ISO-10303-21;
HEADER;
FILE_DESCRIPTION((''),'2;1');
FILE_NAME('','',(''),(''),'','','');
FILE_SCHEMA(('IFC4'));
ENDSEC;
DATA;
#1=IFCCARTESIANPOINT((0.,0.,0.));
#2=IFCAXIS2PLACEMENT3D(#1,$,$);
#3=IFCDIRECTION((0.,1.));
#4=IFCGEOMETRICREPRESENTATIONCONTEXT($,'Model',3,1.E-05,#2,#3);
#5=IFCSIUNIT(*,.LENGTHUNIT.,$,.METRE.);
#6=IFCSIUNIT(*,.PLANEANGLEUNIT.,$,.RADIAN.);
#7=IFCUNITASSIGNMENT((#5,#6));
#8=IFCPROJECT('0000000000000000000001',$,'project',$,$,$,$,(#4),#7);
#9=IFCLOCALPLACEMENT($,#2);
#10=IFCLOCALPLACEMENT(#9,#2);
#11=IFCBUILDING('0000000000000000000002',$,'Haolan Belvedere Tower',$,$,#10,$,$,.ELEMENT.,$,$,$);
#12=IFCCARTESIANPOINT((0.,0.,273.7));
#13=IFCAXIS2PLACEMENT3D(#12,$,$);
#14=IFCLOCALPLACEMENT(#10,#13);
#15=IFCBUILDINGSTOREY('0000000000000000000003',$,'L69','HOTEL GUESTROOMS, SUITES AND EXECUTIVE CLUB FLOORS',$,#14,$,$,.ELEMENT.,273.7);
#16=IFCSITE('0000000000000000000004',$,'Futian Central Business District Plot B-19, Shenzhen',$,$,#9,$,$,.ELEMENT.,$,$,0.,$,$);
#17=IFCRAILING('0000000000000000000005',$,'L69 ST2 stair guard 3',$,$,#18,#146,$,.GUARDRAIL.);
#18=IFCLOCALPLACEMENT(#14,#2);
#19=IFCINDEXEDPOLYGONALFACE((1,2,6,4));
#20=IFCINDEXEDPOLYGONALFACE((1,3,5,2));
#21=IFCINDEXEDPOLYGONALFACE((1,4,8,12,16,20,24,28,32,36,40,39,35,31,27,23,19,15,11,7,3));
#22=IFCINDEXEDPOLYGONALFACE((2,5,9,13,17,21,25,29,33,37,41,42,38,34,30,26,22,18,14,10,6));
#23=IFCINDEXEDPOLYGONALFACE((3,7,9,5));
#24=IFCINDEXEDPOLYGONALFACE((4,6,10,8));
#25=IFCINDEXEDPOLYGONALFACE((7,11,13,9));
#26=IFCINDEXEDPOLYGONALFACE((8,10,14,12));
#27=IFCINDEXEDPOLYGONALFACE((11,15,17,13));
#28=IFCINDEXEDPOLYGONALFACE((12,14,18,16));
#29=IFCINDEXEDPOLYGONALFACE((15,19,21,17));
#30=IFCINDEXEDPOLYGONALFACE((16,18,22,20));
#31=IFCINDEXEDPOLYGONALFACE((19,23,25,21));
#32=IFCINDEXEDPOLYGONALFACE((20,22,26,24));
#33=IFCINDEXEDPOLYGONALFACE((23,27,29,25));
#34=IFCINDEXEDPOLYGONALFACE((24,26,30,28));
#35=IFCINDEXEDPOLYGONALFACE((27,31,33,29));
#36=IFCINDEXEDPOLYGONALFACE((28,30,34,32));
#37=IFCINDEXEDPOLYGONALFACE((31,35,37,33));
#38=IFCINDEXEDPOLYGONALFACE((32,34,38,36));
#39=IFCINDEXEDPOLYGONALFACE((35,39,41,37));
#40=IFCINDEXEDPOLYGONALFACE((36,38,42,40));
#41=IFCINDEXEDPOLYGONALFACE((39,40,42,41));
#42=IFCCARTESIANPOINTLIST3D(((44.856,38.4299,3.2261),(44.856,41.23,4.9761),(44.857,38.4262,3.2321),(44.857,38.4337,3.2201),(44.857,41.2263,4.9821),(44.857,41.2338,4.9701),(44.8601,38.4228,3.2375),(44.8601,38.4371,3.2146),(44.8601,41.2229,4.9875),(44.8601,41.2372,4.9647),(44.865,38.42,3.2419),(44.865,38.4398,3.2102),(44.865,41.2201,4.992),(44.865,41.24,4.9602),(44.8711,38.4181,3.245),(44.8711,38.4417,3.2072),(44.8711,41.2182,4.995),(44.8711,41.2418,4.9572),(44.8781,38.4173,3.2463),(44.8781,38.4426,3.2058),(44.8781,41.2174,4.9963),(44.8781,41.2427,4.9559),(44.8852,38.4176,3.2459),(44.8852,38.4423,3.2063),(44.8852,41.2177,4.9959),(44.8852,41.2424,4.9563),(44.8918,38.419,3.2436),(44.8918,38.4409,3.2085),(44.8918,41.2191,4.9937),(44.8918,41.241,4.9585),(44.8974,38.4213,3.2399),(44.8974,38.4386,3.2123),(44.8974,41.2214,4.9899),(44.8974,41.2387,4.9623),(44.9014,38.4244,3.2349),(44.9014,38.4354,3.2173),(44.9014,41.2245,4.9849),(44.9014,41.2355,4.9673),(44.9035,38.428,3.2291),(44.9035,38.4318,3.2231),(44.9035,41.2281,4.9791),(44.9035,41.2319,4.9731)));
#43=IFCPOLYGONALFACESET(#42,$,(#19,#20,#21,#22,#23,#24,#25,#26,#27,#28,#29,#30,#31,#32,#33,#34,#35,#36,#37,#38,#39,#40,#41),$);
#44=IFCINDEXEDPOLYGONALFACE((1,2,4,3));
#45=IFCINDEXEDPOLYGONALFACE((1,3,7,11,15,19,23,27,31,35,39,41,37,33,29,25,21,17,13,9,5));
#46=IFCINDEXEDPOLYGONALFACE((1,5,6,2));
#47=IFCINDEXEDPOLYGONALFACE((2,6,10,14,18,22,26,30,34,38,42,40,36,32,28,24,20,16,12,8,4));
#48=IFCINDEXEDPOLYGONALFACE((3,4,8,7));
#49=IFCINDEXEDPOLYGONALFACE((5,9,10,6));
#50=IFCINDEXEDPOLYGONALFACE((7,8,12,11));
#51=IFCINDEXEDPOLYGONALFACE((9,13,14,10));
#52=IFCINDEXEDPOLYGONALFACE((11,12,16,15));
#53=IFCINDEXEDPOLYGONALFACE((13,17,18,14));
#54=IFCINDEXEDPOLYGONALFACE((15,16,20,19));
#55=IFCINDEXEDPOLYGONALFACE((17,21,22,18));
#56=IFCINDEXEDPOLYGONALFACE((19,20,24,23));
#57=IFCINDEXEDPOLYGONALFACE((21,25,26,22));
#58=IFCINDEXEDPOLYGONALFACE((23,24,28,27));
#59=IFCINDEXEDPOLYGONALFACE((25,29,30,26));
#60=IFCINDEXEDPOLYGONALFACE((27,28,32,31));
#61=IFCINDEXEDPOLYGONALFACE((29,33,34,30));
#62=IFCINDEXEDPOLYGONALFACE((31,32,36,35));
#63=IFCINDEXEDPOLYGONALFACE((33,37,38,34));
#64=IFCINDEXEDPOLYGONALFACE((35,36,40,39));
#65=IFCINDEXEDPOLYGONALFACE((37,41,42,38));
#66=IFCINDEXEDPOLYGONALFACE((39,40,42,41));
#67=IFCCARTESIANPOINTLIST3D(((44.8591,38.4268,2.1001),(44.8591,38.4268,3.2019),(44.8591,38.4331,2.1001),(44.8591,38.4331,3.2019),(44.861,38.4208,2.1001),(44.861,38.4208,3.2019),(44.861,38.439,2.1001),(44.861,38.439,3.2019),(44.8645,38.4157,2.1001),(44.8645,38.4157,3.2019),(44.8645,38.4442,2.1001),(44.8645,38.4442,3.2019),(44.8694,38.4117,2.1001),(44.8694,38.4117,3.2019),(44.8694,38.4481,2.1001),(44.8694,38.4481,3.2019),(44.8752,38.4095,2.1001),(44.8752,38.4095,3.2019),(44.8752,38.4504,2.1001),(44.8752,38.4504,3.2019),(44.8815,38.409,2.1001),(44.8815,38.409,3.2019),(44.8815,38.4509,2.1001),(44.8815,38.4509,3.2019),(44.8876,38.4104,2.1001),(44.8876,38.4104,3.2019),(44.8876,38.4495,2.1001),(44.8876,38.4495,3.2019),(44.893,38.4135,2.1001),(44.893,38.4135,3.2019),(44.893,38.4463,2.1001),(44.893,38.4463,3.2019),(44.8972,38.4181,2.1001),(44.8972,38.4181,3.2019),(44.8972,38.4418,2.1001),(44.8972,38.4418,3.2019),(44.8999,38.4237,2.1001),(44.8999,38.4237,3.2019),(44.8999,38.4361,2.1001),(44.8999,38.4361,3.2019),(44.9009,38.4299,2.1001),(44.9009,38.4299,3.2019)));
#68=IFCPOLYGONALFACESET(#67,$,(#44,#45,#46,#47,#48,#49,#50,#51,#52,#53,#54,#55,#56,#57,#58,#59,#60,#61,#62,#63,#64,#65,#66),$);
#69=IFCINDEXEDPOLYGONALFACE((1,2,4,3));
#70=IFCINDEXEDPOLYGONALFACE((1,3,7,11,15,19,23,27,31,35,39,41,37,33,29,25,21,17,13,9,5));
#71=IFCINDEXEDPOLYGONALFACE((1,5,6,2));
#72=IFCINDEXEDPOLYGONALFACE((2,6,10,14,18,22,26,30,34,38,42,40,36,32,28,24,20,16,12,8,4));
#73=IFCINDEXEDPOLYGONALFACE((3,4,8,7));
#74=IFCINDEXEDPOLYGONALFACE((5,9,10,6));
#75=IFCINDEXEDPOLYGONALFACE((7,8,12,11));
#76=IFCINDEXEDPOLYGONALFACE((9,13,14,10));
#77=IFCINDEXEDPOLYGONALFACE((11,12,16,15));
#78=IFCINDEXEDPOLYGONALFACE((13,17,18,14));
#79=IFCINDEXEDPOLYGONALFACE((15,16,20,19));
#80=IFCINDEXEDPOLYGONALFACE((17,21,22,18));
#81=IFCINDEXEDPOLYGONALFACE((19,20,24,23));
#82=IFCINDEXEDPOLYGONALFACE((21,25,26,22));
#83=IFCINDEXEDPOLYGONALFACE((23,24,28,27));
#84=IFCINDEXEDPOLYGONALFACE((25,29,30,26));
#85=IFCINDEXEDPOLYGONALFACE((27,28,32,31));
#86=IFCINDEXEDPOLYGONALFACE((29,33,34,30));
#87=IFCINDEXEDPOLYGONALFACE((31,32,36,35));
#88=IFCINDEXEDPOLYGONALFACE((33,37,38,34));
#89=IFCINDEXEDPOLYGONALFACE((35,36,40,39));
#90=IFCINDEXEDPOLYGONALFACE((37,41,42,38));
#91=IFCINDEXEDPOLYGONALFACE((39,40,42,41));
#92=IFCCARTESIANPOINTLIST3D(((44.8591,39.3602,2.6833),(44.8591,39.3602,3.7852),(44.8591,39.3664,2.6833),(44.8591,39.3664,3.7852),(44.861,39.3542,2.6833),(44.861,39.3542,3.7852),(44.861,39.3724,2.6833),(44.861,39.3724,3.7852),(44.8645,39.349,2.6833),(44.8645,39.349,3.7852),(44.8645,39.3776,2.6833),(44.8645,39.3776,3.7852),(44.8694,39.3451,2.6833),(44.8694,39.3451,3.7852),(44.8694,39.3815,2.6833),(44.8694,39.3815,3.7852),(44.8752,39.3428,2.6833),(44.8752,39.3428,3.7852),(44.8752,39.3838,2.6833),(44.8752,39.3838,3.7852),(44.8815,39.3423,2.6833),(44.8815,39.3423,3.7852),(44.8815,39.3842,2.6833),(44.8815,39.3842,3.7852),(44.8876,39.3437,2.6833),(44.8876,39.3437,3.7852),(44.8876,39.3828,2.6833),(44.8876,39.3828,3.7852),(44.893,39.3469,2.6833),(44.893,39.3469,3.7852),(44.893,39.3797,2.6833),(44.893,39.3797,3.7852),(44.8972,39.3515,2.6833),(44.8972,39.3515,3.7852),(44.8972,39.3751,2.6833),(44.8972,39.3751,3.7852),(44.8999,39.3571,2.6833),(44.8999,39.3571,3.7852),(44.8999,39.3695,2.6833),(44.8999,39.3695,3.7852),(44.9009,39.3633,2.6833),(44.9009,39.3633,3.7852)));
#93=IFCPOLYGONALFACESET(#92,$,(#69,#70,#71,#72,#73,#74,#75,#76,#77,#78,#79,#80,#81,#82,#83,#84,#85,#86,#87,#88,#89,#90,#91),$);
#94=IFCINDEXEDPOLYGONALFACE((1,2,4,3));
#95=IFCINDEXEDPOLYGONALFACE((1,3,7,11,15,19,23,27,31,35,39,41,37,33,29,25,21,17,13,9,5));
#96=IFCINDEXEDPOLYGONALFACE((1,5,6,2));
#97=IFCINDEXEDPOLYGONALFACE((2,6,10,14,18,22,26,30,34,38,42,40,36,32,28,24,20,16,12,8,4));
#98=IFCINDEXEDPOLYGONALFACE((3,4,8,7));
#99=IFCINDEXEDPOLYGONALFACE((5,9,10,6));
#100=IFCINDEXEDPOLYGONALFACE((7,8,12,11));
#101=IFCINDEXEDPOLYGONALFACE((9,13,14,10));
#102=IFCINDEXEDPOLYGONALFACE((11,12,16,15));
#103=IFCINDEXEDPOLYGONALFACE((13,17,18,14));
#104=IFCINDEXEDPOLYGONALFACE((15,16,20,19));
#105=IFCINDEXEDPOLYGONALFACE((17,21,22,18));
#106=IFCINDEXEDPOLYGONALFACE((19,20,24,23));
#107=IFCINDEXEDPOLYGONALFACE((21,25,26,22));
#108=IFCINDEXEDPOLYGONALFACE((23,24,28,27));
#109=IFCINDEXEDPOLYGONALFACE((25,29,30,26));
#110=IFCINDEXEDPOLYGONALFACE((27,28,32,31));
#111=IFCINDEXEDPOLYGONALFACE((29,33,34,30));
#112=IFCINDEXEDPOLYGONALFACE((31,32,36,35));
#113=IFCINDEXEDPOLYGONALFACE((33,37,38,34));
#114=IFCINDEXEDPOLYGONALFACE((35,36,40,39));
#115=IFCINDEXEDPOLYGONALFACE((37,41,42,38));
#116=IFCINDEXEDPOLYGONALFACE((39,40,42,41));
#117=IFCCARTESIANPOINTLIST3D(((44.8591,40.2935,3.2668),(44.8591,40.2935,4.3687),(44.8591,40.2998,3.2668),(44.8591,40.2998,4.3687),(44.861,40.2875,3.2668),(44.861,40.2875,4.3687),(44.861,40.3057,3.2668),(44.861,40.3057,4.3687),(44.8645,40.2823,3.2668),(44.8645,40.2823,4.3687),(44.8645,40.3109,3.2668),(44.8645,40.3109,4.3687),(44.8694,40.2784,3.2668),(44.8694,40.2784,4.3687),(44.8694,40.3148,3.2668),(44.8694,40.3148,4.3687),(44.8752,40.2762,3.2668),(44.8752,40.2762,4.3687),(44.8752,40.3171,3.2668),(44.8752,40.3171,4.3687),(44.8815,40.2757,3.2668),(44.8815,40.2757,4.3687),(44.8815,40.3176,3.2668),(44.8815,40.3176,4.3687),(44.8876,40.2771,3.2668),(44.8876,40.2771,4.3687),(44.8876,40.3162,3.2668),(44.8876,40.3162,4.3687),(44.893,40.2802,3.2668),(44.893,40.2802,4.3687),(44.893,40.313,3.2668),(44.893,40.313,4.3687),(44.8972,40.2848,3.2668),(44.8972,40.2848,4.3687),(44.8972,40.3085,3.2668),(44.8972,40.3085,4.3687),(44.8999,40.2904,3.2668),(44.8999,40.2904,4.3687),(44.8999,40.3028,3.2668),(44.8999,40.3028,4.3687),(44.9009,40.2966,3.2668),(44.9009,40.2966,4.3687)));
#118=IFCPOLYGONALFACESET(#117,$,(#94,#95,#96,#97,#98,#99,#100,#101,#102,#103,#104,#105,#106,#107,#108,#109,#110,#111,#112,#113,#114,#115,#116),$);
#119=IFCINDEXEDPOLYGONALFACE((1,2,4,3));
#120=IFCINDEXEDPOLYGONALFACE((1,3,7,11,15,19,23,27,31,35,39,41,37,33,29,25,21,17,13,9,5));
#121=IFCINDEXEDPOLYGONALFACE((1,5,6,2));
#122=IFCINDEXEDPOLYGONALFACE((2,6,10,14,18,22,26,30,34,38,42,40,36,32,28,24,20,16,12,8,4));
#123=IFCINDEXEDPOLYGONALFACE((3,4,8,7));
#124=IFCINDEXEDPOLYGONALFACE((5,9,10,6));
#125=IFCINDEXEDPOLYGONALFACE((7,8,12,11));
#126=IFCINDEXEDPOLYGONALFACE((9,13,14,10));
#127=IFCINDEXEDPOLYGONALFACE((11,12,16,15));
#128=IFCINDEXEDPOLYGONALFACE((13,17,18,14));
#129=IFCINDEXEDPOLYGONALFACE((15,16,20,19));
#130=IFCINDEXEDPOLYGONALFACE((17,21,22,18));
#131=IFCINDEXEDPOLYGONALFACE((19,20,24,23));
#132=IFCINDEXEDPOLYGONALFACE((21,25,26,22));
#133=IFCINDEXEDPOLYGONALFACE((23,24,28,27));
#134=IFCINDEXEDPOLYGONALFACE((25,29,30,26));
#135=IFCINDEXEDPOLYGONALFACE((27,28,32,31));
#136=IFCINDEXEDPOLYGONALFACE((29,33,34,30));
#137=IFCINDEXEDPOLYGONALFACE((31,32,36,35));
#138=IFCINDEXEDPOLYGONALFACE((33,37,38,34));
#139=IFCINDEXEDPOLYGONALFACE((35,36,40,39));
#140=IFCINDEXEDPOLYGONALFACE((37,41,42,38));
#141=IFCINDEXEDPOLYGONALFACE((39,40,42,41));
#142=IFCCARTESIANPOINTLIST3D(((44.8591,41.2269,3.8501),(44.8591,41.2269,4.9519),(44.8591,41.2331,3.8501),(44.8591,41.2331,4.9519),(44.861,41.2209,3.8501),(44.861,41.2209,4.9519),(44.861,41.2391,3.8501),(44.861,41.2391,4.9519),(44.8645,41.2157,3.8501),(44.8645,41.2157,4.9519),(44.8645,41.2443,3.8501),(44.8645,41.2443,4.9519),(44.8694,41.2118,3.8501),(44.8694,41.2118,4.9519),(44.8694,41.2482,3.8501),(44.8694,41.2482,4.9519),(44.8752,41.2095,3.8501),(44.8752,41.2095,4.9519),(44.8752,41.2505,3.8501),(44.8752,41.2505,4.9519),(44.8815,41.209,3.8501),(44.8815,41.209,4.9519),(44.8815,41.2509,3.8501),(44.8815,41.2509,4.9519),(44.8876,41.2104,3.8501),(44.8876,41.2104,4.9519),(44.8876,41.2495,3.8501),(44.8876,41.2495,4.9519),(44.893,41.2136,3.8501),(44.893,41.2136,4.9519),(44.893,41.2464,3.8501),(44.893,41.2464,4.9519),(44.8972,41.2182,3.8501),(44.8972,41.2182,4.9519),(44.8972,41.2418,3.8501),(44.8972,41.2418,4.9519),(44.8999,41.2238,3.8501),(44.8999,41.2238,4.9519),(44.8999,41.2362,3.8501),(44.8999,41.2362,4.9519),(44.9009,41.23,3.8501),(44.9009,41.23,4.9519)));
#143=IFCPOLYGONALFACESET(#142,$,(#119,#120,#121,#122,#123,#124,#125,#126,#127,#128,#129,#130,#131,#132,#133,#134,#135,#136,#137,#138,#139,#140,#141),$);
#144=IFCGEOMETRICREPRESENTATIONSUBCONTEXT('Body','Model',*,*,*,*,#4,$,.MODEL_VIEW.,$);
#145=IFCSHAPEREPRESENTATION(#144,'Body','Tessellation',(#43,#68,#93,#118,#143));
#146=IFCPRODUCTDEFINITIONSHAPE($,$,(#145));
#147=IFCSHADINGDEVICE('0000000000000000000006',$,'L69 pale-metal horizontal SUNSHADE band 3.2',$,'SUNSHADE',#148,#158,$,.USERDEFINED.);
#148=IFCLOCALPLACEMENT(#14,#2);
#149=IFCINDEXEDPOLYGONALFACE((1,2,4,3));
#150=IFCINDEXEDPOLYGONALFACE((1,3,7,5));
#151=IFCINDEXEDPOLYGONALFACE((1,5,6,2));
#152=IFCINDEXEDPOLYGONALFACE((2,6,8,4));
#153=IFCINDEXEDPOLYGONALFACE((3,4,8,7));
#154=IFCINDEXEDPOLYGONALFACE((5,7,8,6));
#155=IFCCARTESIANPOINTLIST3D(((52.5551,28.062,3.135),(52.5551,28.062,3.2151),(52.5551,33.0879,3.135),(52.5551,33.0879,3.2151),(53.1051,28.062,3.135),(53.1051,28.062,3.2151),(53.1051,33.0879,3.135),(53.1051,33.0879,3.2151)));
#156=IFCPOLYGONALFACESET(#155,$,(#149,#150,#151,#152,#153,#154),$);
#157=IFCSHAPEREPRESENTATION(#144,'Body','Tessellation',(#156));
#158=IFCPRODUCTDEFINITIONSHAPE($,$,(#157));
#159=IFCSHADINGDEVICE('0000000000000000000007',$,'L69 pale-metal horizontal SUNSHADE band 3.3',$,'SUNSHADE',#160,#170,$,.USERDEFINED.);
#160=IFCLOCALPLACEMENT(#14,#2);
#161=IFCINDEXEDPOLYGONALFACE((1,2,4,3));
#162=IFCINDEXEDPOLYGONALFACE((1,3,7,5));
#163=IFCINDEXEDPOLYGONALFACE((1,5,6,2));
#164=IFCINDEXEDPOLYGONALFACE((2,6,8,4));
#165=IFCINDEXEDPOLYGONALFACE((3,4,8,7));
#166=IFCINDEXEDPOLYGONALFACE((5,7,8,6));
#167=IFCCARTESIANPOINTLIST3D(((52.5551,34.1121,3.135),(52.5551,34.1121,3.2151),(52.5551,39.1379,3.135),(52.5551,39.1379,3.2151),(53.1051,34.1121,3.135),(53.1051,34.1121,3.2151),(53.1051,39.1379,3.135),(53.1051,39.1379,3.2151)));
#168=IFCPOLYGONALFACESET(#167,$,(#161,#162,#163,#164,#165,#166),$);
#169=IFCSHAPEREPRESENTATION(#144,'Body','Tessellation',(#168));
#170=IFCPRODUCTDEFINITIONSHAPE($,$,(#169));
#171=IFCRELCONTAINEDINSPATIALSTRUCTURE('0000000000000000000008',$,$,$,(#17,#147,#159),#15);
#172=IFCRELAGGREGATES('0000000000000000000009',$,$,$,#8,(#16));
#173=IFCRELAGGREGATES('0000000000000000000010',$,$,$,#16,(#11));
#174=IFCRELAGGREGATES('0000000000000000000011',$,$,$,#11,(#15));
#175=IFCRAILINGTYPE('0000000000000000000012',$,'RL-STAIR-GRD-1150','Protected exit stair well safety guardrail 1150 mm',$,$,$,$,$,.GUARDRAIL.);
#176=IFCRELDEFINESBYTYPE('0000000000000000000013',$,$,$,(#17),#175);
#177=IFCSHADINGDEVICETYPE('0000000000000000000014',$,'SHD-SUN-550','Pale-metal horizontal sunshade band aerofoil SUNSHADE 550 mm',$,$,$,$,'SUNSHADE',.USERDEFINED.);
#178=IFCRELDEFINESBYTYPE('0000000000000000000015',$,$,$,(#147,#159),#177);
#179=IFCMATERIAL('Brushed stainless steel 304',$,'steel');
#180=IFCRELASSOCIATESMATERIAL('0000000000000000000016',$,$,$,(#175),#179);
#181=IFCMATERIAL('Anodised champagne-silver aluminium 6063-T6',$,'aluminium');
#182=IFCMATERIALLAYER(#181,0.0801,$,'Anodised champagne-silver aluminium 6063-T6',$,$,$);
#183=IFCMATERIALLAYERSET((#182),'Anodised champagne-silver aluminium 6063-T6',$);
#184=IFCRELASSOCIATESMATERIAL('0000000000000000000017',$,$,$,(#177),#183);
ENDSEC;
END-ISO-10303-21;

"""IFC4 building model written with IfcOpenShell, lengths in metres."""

from ifc_helpers import new_model, si_unit, direction, frame, origin, origin_2d, place, context, subcontext, project, spatial, rectangle, circle, extrude, material, layer, layer_set, type_object, element, save


model = new_model("IFC4")

# Units and contexts
model_context = context("Model", 3, precision=1e-05, world=origin(), true_north=direction((0.0, 1.0)))
body_context = subcontext(model_context, "Body", "Model", "MODEL_VIEW")
ifc_project = project(units=[si_unit("LENGTHUNIT", "METRE"), si_unit("PLANEANGLEUNIT", "RADIAN")], contexts=[model_context])

# Site, building, storey
site_placement = place(None, origin())
site = spatial("IfcSite", under=ifc_project, at=site_placement, Name="Futian Central Business District Plot B-19, Shenzhen", CompositionType="ELEMENT", RefElevation=0.0)
building_placement = place(site_placement, origin())
building = spatial("IfcBuilding", under=site, at=building_placement, Name="Haolan Belvedere Tower", CompositionType="ELEMENT")
storey_placement = place(building_placement, frame((0.0, 0.0, 273.7)))
storey = spatial("IfcBuildingStorey", under=building, at=storey_placement, Name="L69", Description="HOTEL GUESTROOMS, SUITES AND EXECUTIVE CLUB FLOORS", CompositionType="ELEMENT", Elevation=273.7)

# Railing
ifc_material_1 = material(Name="Brushed stainless steel 304", Category="steel")
railing_type = type_object("IfcRailingType", Name="RL-STAIR-GRD-1150", Description="Protected exit stair well safety guardrail 1150 mm", PredefinedType="GUARDRAIL", material=ifc_material_1)
railing_1_placement = place(storey_placement, frame((44.8799, 38.4299, 2.1001)))
element("IfcRailing", 1, at=railing_1_placement, inside=storey, type_object=railing_type, Name="L69 ST2 stair guard 3", PredefinedType="GUARDRAIL", context=body_context, shape_type="SweptSolid", body=[
    extrude(circle(Radius=0.0239, at=origin_2d()), frame((0.0, 0.0, 1.126), z_axis=(0.0, 0.848002, 0.529992), x_axis=(-1.0, 0.0, 0.0)), (0.0, 0.0, 1.0), 3.302),
    extrude(circle(Radius=0.021, at=origin_2d()), origin(), (0.0, 0.0, 1.0), 1.1018),
    extrude(circle(Radius=0.021, at=origin_2d()), frame((0.0, 0.9333, 0.5833)), (0.0, 0.0, 1.0), 1.1018),
    extrude(circle(Radius=0.021, at=origin_2d()), frame((0.0, 1.8667, 1.1667)), (0.0, 0.0, 1.0), 1.1018),
    extrude(circle(Radius=0.021, at=origin_2d()), frame((0.0, 2.8, 1.75)), (0.0, 0.0, 1.0), 1.1018),
])

# Shading devices
ifc_material_2 = material(Name="Anodised champagne-silver aluminium 6063-T6", Category="aluminium")
ifc_layer_1 = layer(ifc_material_2, 0.0801, Name="Anodised champagne-silver aluminium 6063-T6")
ifc_layer_set_1 = layer_set([ifc_layer_1], Name="Anodised champagne-silver aluminium 6063-T6")
shading_device_type = type_object("IfcShadingDeviceType", Name="SHD-SUN-550", Description="Pale-metal horizontal sunshade band aerofoil SUNSHADE 550 mm", ElementType="SUNSHADE", PredefinedType="USERDEFINED", material=ifc_layer_set_1)
for number, where, z_axis, x_axis, name in (
    (2, (52.8301, 30.575, 3.135), (0.0, 0.0, 1.0), (0.0, 1.0, 0.0), "L69 pale-metal horizontal SUNSHADE band 3.2"),
    (3, (52.8301, 36.625, 3.135), (0.0, 0.0, 1.0), (0.0, 1.0, 0.0), "L69 pale-metal horizontal SUNSHADE band 3.3"),
):
    element("IfcShadingDevice", number, at=place(storey_placement, frame(where, z_axis=z_axis, x_axis=x_axis)), inside=storey, type_object=shading_device_type, Name=name, ObjectType="SUNSHADE", PredefinedType="USERDEFINED", context=body_context, shape_type="SweptSolid", body=[
        extrude(rectangle(XDim=5.0259, YDim=0.55, at=origin_2d()), origin(), (0.0, 0.0, 1.0), 0.0801),
    ])

save(model, "model.ifc")
